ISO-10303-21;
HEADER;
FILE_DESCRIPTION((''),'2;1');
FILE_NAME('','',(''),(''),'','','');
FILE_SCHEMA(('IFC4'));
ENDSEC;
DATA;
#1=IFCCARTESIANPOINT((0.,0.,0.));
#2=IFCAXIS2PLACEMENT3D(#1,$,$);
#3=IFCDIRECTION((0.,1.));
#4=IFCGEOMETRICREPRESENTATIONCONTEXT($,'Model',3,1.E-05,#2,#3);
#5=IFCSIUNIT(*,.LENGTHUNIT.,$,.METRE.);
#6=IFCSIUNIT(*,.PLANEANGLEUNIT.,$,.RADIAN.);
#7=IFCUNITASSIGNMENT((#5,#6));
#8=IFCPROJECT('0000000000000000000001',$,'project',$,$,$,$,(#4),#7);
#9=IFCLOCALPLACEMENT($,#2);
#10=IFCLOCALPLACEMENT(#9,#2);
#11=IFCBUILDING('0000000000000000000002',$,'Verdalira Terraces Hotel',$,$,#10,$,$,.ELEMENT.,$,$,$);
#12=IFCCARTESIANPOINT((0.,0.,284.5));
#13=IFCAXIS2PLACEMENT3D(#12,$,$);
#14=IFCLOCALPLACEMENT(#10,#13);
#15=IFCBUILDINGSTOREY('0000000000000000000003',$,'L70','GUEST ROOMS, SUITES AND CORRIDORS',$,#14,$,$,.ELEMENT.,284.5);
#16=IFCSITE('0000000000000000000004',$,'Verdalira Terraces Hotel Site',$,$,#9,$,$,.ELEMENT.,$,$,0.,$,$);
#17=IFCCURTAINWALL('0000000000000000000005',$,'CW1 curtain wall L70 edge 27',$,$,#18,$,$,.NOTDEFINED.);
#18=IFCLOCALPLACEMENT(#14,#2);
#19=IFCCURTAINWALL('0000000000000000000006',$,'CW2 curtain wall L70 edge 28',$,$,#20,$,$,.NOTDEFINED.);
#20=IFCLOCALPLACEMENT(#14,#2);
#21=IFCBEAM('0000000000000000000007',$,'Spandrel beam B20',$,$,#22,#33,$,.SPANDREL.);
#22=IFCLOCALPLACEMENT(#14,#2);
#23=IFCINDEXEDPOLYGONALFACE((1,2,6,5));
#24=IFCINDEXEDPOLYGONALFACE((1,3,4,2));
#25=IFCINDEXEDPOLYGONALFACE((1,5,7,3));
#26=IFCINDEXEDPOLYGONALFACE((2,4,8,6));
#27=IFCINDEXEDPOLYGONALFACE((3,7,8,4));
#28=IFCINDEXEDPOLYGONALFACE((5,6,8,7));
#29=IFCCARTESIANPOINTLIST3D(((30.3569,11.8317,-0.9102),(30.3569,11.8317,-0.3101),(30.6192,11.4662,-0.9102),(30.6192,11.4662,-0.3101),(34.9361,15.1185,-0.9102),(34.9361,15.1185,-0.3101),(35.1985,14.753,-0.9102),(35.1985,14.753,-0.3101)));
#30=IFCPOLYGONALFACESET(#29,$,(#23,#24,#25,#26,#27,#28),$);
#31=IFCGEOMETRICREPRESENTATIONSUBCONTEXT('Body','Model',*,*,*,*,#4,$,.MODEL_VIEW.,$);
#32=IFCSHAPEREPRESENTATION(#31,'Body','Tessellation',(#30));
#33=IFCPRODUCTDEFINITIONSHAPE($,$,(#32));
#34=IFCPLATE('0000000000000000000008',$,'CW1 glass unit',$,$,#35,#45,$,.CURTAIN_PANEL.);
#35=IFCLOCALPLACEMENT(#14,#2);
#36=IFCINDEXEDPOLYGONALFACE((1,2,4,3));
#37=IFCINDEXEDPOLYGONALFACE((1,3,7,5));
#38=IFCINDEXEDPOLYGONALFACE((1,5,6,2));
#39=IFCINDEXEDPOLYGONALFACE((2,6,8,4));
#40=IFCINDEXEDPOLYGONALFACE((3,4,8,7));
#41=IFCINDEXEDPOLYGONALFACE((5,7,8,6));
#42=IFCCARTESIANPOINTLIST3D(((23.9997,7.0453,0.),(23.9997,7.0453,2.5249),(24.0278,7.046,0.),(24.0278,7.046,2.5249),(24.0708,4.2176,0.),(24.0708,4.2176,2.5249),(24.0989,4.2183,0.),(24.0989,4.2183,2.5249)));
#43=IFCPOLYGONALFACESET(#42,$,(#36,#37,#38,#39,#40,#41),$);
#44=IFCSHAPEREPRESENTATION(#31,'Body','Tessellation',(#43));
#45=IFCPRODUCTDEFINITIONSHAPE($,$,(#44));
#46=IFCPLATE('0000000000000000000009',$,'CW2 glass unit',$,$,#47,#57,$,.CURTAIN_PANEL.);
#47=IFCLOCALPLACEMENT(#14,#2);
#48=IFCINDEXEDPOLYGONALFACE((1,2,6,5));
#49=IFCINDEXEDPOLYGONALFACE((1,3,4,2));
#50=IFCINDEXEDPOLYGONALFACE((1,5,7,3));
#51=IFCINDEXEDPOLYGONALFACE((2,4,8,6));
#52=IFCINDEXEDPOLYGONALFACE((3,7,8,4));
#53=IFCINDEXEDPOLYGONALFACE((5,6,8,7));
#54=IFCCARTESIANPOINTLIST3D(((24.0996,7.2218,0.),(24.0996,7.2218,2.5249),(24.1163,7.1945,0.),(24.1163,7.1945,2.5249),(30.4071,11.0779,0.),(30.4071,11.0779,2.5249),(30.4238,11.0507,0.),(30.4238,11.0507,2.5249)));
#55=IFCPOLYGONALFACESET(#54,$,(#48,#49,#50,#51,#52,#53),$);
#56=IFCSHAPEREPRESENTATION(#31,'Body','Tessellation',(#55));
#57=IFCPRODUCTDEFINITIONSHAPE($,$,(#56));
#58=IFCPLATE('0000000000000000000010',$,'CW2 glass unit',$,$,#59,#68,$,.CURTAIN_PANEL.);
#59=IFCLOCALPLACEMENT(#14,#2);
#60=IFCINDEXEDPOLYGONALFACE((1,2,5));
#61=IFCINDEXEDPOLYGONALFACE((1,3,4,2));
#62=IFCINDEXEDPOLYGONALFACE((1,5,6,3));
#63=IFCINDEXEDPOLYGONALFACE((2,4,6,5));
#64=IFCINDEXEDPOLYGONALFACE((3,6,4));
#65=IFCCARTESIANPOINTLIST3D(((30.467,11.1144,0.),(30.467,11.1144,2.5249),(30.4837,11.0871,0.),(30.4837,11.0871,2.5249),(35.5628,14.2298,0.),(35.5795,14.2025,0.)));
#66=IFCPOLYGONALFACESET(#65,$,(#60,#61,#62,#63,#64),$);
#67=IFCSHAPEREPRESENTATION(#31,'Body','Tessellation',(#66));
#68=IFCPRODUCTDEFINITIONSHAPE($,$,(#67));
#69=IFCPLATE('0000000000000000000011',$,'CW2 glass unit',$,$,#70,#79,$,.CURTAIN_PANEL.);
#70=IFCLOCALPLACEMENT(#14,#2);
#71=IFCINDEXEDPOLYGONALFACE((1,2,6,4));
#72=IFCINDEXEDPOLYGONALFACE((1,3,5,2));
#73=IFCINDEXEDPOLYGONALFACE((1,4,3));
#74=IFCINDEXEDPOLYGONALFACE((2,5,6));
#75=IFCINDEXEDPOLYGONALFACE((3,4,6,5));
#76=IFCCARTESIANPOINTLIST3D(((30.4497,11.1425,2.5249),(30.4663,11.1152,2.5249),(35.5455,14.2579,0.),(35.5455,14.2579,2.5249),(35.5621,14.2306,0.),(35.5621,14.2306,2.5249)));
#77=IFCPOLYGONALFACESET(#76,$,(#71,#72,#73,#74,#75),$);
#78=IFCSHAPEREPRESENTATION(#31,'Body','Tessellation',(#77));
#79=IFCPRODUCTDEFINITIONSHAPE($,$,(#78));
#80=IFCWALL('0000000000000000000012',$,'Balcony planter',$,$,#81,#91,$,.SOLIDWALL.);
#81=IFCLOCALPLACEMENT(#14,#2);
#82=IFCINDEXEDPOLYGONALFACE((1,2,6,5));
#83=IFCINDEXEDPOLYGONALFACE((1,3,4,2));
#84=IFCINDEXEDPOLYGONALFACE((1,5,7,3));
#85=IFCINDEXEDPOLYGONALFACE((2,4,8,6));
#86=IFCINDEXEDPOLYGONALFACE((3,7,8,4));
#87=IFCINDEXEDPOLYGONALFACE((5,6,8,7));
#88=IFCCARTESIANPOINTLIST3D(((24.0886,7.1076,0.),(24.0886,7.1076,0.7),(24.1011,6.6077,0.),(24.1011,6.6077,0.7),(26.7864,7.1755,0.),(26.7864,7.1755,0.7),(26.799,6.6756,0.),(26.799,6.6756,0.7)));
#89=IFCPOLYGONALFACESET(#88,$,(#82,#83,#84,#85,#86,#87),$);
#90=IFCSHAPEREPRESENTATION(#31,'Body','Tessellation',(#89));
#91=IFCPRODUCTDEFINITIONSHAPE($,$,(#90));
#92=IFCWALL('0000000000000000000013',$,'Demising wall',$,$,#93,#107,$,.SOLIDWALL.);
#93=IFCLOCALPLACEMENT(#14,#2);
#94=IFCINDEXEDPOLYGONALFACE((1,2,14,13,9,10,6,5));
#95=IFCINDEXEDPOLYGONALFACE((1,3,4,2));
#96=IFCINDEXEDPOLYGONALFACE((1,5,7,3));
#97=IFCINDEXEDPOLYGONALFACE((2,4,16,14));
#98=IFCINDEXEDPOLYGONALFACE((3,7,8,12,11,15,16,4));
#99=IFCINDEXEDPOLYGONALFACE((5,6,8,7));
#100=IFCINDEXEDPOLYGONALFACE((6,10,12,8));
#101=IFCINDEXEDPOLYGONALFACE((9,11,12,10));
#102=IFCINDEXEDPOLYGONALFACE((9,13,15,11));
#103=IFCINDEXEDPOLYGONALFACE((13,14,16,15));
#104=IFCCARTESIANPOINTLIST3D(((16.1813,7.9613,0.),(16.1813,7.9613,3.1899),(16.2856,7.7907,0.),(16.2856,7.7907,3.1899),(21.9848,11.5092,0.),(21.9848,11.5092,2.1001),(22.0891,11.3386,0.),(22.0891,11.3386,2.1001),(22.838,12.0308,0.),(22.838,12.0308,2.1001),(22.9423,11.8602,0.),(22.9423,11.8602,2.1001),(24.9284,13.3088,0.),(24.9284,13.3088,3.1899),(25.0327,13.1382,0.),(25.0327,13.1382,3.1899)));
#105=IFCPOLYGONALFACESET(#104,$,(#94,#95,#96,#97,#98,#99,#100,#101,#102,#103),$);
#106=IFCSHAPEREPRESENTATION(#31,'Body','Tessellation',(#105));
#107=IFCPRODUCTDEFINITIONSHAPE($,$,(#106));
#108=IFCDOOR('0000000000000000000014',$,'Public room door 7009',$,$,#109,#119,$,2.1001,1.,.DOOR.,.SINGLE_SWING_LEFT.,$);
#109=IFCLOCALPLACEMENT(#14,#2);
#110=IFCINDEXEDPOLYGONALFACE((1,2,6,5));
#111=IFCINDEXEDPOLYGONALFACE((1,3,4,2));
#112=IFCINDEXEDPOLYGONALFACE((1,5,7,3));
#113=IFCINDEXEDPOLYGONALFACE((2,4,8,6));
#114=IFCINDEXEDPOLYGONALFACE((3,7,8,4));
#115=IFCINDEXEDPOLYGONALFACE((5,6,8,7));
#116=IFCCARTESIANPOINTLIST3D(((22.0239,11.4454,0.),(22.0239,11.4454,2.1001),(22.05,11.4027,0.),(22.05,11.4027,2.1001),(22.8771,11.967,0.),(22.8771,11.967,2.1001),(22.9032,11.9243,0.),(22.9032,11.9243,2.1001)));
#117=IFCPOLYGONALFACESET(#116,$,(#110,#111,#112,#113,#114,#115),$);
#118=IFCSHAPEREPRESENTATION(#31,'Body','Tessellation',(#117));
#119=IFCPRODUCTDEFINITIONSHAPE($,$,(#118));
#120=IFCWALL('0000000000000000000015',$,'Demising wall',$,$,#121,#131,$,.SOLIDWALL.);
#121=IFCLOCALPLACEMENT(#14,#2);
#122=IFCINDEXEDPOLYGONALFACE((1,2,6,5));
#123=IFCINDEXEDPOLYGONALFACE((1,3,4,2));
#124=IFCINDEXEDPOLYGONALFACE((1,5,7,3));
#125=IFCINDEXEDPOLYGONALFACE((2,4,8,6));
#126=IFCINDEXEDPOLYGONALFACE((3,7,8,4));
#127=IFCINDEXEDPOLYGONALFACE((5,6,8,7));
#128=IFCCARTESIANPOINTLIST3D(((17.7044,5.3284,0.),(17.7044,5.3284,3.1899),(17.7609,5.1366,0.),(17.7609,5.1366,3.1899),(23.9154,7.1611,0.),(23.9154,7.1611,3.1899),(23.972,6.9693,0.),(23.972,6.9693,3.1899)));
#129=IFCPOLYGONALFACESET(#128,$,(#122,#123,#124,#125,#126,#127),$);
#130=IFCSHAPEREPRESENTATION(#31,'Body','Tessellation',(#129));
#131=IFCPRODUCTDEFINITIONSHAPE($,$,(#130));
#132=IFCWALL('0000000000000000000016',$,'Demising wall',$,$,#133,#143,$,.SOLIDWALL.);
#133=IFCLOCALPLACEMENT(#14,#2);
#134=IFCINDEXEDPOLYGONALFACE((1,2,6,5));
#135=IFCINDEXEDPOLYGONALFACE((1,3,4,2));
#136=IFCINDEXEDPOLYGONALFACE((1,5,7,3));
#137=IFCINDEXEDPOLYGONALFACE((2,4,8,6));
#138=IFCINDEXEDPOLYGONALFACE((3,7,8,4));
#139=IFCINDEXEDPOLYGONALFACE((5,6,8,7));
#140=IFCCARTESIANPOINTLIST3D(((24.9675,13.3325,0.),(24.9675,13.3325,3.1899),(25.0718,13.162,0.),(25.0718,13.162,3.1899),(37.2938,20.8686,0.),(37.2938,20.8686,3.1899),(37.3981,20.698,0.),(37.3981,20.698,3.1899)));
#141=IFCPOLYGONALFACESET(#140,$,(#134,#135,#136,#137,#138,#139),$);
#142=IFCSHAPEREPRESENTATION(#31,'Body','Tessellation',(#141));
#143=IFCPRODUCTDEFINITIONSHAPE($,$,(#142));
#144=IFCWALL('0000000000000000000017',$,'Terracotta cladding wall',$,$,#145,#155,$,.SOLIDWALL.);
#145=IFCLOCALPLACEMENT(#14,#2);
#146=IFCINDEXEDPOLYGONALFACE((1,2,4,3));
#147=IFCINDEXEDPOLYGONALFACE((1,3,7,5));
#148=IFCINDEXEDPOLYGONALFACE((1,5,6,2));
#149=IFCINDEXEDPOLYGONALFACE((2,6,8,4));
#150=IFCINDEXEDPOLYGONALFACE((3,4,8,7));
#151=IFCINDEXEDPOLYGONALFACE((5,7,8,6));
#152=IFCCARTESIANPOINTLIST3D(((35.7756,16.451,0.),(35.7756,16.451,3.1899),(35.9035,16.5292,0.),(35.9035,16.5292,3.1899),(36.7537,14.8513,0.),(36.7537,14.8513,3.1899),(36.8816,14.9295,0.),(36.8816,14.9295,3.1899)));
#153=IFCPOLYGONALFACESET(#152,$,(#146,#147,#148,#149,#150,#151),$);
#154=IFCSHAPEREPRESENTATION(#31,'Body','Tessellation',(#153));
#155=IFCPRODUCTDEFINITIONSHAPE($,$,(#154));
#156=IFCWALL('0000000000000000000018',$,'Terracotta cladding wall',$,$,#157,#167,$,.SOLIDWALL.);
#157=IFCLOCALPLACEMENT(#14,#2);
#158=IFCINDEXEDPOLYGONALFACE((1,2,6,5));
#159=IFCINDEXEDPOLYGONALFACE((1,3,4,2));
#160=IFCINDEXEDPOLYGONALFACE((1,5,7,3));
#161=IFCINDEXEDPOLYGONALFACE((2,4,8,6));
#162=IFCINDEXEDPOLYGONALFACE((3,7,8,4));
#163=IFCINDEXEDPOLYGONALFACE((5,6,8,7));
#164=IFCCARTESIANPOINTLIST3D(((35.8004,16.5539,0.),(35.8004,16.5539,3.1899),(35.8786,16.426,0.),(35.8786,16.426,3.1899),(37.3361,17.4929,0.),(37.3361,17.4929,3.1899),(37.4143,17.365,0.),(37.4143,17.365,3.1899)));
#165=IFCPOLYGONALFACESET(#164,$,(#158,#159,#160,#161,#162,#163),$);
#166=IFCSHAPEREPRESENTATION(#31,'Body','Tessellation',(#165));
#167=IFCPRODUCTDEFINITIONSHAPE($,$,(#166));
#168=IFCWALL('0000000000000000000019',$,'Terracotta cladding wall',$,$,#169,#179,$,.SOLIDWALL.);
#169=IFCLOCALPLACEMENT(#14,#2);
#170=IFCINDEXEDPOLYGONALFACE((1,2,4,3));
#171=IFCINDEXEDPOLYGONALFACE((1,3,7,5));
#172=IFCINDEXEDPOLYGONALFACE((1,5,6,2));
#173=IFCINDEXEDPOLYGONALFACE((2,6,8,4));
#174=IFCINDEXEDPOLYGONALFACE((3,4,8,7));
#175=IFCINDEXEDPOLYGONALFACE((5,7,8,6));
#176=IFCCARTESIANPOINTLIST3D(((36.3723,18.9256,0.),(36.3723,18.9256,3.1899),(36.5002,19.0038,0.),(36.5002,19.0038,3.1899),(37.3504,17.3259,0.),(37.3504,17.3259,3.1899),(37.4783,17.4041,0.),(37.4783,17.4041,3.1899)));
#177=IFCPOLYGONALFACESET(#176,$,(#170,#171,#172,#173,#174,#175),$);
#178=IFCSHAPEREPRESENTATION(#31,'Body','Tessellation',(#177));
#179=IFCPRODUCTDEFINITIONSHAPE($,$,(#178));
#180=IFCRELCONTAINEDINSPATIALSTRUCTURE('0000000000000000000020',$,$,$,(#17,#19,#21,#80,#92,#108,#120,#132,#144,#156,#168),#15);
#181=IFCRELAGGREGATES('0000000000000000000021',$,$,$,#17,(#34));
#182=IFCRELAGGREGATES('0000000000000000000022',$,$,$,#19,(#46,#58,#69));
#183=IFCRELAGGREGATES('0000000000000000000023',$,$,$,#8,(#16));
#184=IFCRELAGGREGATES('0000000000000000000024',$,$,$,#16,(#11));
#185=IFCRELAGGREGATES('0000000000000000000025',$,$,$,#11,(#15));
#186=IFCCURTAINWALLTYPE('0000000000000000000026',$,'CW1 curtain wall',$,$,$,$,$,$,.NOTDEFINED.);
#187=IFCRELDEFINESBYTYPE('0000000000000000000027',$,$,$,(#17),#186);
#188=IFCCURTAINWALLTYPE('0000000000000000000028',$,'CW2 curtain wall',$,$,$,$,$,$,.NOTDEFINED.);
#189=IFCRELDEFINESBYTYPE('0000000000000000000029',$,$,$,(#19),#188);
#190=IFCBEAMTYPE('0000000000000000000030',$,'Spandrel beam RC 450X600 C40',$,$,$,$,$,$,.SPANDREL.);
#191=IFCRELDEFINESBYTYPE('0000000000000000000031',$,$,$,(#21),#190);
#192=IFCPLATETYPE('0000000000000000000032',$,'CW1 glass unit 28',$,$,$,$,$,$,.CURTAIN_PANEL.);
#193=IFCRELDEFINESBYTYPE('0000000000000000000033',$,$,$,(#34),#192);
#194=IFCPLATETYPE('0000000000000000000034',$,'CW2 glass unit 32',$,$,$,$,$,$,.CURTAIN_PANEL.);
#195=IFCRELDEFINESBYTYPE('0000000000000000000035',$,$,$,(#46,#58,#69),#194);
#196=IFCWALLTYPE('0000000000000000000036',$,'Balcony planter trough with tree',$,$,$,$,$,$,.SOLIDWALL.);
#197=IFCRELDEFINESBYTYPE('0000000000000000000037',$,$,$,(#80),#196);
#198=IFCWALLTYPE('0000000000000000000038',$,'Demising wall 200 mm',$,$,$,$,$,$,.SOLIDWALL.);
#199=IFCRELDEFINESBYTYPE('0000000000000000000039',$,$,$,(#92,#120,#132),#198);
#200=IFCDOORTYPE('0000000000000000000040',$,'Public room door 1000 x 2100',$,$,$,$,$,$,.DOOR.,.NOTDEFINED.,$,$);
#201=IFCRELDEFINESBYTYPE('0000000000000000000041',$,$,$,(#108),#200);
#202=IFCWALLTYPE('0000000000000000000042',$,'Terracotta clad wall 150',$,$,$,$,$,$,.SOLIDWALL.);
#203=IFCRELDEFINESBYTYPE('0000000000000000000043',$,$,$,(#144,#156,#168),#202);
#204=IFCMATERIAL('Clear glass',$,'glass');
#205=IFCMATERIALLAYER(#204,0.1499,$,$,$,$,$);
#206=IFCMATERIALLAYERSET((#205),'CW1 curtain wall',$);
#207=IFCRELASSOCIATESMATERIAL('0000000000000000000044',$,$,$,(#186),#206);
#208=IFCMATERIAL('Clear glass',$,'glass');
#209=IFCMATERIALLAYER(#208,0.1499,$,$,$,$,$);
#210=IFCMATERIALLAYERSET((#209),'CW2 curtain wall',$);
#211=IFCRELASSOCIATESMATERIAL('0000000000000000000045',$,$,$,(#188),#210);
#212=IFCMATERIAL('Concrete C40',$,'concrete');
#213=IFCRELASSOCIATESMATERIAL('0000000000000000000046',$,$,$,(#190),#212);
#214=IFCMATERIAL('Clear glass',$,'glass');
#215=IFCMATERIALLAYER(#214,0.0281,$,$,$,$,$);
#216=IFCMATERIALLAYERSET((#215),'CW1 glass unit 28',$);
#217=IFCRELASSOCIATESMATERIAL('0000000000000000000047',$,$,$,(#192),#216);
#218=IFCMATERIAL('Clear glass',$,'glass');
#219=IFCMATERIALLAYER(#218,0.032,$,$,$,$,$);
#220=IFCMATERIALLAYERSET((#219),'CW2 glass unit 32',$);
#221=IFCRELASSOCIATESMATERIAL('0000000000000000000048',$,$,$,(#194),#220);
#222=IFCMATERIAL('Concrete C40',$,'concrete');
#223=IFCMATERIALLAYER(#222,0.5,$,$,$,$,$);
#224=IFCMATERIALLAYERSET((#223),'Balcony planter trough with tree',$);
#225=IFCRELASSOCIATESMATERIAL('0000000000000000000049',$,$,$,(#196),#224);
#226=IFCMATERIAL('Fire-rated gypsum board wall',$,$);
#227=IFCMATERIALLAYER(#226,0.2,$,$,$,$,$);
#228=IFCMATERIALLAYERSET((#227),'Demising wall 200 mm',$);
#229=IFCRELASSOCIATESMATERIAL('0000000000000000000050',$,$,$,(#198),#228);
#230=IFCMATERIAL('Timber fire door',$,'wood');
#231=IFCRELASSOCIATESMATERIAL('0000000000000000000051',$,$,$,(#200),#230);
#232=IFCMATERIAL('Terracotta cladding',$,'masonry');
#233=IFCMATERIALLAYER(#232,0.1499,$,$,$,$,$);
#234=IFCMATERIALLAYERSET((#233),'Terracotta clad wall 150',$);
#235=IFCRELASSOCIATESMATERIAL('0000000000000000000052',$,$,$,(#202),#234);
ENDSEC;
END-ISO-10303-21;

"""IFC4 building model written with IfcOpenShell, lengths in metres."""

from ifc_helpers import new_model, si_unit, direction, frame, frame_2d, origin, origin_2d, place, context, subcontext, project, spatial, polyline, rectangle, outline, extrude, material, layer, layer_set, material_profile, profile_set, type_object, element, fill, aggregate, save


model = new_model("IFC4")

# Units and contexts
model_context = context("Model", 3, precision=1e-05, world=origin(), true_north=direction((0.0, 1.0)))
body_context = subcontext(model_context, "Body", "Model", "MODEL_VIEW")
ifc_project = project(units=[si_unit("LENGTHUNIT", "METRE"), si_unit("PLANEANGLEUNIT", "RADIAN")], contexts=[model_context])

# Site, building, storey
site_placement = place(None, origin())
site = spatial("IfcSite", under=ifc_project, at=site_placement, Name="Verdalira Terraces Hotel Site", CompositionType="ELEMENT", RefElevation=0.0)
building_placement = place(site_placement, origin())
building = spatial("IfcBuilding", under=site, at=building_placement, Name="Verdalira Terraces Hotel", CompositionType="ELEMENT")
storey_placement = place(building_placement, frame((0.0, 0.0, 284.5)))
storey = spatial("IfcBuildingStorey", under=building, at=storey_placement, Name="L70", Description="GUEST ROOMS, SUITES AND CORRIDORS", CompositionType="ELEMENT", Elevation=284.5)

# Curtain wall
ifc_material_1 = material(Name="Clear glass", Category="glass")
ifc_layer_1 = layer(ifc_material_1, 0.1499)
ifc_layer_set_1 = layer_set([ifc_layer_1], Name="CW1 curtain wall")
curtain_wall_type_1 = type_object("IfcCurtainWallType", Name="CW1 curtain wall", PredefinedType="NOTDEFINED", material=ifc_layer_set_1)
curtain_wall_1_placement = place(storey_placement, origin())
curtain_wall_1 = element("IfcCurtainWall", 1, at=curtain_wall_1_placement, inside=storey, type_object=curtain_wall_type_1, Name="CW1 curtain wall L70 edge 27", PredefinedType="NOTDEFINED")

# Curtain wall
ifc_material_2 = material(Name="Clear glass", Category="glass")
ifc_layer_2 = layer(ifc_material_2, 0.1499)
ifc_layer_set_2 = layer_set([ifc_layer_2], Name="CW2 curtain wall")
curtain_wall_type_2 = type_object("IfcCurtainWallType", Name="CW2 curtain wall", PredefinedType="NOTDEFINED", material=ifc_layer_set_2)
curtain_wall_2_placement = place(storey_placement, origin())
curtain_wall_2 = element("IfcCurtainWall", 2, at=curtain_wall_2_placement, inside=storey, type_object=curtain_wall_type_2, Name="CW2 curtain wall L70 edge 28", PredefinedType="NOTDEFINED")

# Beam
ifc_material_3 = material(Name="Concrete C40", Category="concrete")
ifc_material_profile_1 = material_profile(ifc_material_3, rectangle(XDim=0.45, YDim=0.6001, at=origin_2d()), Name="RC 450X600")
ifc_profile_set_1 = profile_set([ifc_material_profile_1], Name="Concrete C40")
beam_type = type_object("IfcBeamType", Name="Spandrel beam RC 450X600 C40", PredefinedType="SPANDREL", material=ifc_profile_set_1)
beam_1_placement = place(storey_placement, frame((30.488, 11.6489, -0.6101), z_axis=(0.812397, 0.583105, 0.0), x_axis=(-0.583105, 0.812397, 0.0)))
element("IfcBeam", 3, at=beam_1_placement, inside=storey, type_object=beam_type, Name="Spandrel beam B20", PredefinedType="SPANDREL", context=body_context, shape_type="SweptSolid", body=[
    extrude(rectangle(XDim=0.45, YDim=0.6001, at=origin_2d()), origin(), (0.0, 0.0, 1.0), 5.6367),
])

# Plates
ifc_material_4 = material(Name="Clear glass", Category="glass")
ifc_layer_3 = layer(ifc_material_4, 0.0281)
ifc_layer_set_3 = layer_set([ifc_layer_3], Name="CW1 glass unit 28")
plate_type_1 = type_object("IfcPlateType", Name="CW1 glass unit 28", PredefinedType="CURTAIN_PANEL", material=ifc_layer_set_3)
plate_1_placement = place(storey_placement, frame((24.0493, 5.6318, 0.0), z_axis=(0.0, 0.0, 1.0), x_axis=(-0.02513, 0.999684, 0.0)))
plate_1 = element("IfcPlate", 4, at=plate_1_placement, type_object=plate_type_1, Name="CW1 glass unit", PredefinedType="CURTAIN_PANEL", context=body_context, shape_type="SweptSolid", body=[
    extrude(rectangle(XDim=2.8286, YDim=0.0281, at=origin_2d()), origin(), (0.0, 0.0, 1.0), 2.5249),
])
aggregate(curtain_wall_1, [plate_1])
ifc_material_5 = material(Name="Clear glass", Category="glass")
ifc_layer_4 = layer(ifc_material_5, 0.032)
ifc_layer_set_4 = layer_set([ifc_layer_4], Name="CW2 glass unit 32")
plate_type_2 = type_object("IfcPlateType", Name="CW2 glass unit 32", PredefinedType="CURTAIN_PANEL", material=ifc_layer_set_4)
plate_2_placement = place(storey_placement, frame((27.2617, 9.1362, 0.0), z_axis=(0.0, 0.0, 1.0), x_axis=(0.853187, 0.521605, 0.0)))
plate_2 = element("IfcPlate", 5, at=plate_2_placement, type_object=plate_type_2, Name="CW2 glass unit", PredefinedType="CURTAIN_PANEL", context=body_context, shape_type="SweptSolid", body=[
    extrude(rectangle(XDim=7.3928, YDim=0.032, at=origin_2d()), origin(), (0.0, 0.0, 1.0), 2.5249),
])
plate_3_placement = place(storey_placement, frame((33.0149, 12.6721, 1.2625), z_axis=(0.521605, -0.853187, 0.0), x_axis=(0.853187, 0.521605, 0.0)))
plate_3 = element("IfcPlate", 6, at=plate_3_placement, type_object=plate_type_2, Name="CW2 glass unit", PredefinedType="CURTAIN_PANEL", context=body_context, shape_type="SweptSolid", body=[
    extrude(outline(polyline([(-2.9863, -1.2625), (2.9863, -1.2625), (-2.9863, 1.2625), (-2.9863, -1.2625)])), origin(), (0.0, 0.0, 1.0), 0.032),
])
plate_4_placement = place(storey_placement, frame((32.9976, 12.7002, 1.2625), z_axis=(0.521605, -0.853187, 0.0), x_axis=(0.853187, 0.521605, 0.0)))
plate_4 = element("IfcPlate", 7, at=plate_4_placement, type_object=plate_type_2, Name="CW2 glass unit", PredefinedType="CURTAIN_PANEL", context=body_context, shape_type="SweptSolid", body=[
    extrude(outline(polyline([(2.9863, -1.2625), (2.9863, 1.2625), (-2.9863, 1.2625), (2.9863, -1.2625)])), origin(), (0.0, 0.0, 1.0), 0.032),
])
aggregate(curtain_wall_2, [plate_2, plate_3, plate_4])

# Wall
ifc_material_6 = material(Name="Concrete C40", Category="concrete")
ifc_layer_5 = layer(ifc_material_6, 0.5)
ifc_layer_set_5 = layer_set([ifc_layer_5], Name="Balcony planter trough with tree")
wall_type_1 = type_object("IfcWallType", Name="Balcony planter trough with tree", PredefinedType="SOLIDWALL", material=ifc_layer_set_5)
wall_1_placement = place(storey_placement, frame((26.7927, 6.9255, 0.0), z_axis=(0.0, 0.0, 1.0), x_axis=(-0.999684, -0.025148, 0.0)))
element("IfcWall", 8, at=wall_1_placement, inside=storey, type_object=wall_type_1, Name="Balcony planter", PredefinedType="SOLIDWALL", context=body_context, shape_type="SweptSolid", body=[
    extrude(rectangle(XDim=2.6987, YDim=0.5, at=frame_2d((1.3494, 0.0))), origin(), (0.0, 0.0, 1.0), 0.7),
])

# Wall, opening, door
ifc_material_7 = material(Name="Fire-rated gypsum board wall")
ifc_layer_6 = layer(ifc_material_7, 0.2)
ifc_layer_set_6 = layer_set([ifc_layer_6], Name="Demising wall 200 mm")
wall_type_2 = type_object("IfcWallType", Name="Demising wall 200 mm", PredefinedType="SOLIDWALL", material=ifc_layer_set_6)
wall_2_placement = place(storey_placement, frame((24.9805, 13.2234, 0.0), z_axis=(0.0, 0.0, 1.0), x_axis=(-0.853196, -0.521591, 0.0)))
wall_2 = element("IfcWall", 9, at=wall_2_placement, inside=storey, type_object=wall_type_2, Name="Demising wall", PredefinedType="SOLIDWALL", context=body_context, shape_type="SweptSolid", body=[
    extrude(rectangle(XDim=10.2522, YDim=0.2, at=frame_2d((5.126, 0.0))), origin(), (0.0, 0.0, 1.0), 3.1899),
])
opening_placement = place(wall_2_placement, frame((2.45, 0.0, 0.0)))
opening = element("IfcOpeningElement", 10, at=opening_placement, cuts=wall_2, PredefinedType="OPENING", context=body_context, shape_type="SweptSolid", body=[
    extrude(rectangle(XDim=1.0, YDim=2.1001, at=frame_2d((0.5, 1.05))), frame((0.0, 0.1099, 0.0), z_axis=(0.0, -1.0, 0.0), x_axis=(1.0, 0.0, 0.0)), (0.0, 0.0, 1.0), 0.22),
])
ifc_material_8 = material(Name="Timber fire door", Category="wood")
door_type = type_object("IfcDoorType", Name="Public room door 1000 x 2100", OperationType="NOTDEFINED", PredefinedType="DOOR", material=ifc_material_8)
door_placement = place(opening_placement, origin())
door = element("IfcDoor", 11, at=door_placement, inside=storey, type_object=door_type, Name="Public room door 7009", OperationType="SINGLE_SWING_LEFT", OverallHeight=2.1001, OverallWidth=1.0, PredefinedType="DOOR", context=body_context, shape_type="SweptSolid", body=[
    extrude(rectangle(XDim=1.0, YDim=2.1001, at=frame_2d((0.5, 1.05))), frame((0.0, 0.0249, 0.0), z_axis=(0.0, -1.0, 0.0), x_axis=(1.0, 0.0, 0.0)), (0.0, 0.0, 1.0), 0.05),
])
fill(opening, door)

# Walls
wall_3_placement = place(storey_placement, frame((23.9436, 7.0652, 0.0), z_axis=(0.0, 0.0, 1.0), x_axis=(-0.959117, -0.283011, 0.0)))
element("IfcWall", 12, at=wall_3_placement, inside=storey, type_object=wall_type_2, Name="Demising wall", PredefinedType="SOLIDWALL", context=body_context, shape_type="SweptSolid", body=[
    extrude(rectangle(XDim=6.4758, YDim=0.2, at=frame_2d((3.2378, 0.0))), origin(), (0.0, 0.0, 1.0), 3.1899),
])
wall_4_placement = place(storey_placement, frame((25.0198, 13.2473, 0.0), z_axis=(0.0, 0.0, 1.0), x_axis=(0.853179, 0.521617, 0.0)))
element("IfcWall", 13, at=wall_4_placement, inside=storey, type_object=wall_type_2, Name="Demising wall", PredefinedType="SOLIDWALL", context=body_context, shape_type="SweptSolid", body=[
    extrude(rectangle(XDim=14.4475, YDim=0.2, at=frame_2d((7.2236, 0.0))), origin(), (0.0, 0.0, 1.0), 3.1899),
])
ifc_material_9 = material(Name="Terracotta cladding", Category="masonry")
ifc_layer_7 = layer(ifc_material_9, 0.1499)
ifc_layer_set_7 = layer_set([ifc_layer_7], Name="Terracotta clad wall 150")
wall_type_3 = type_object("IfcWallType", Name="Terracotta clad wall 150", PredefinedType="SOLIDWALL", material=ifc_layer_set_7)
wall_5_placement = place(storey_placement, frame((36.8176, 14.8904, 0.0), z_axis=(0.0, 0.0, 1.0), x_axis=(-0.52164, 0.853166, 0.0)))
element("IfcWall", 14, at=wall_5_placement, inside=storey, type_object=wall_type_3, Name="Terracotta cladding wall", PredefinedType="SOLIDWALL", context=body_context, shape_type="SweptSolid", body=[
    extrude(rectangle(XDim=1.875, YDim=0.1499, at=frame_2d((0.9375, 0.0))), origin(), (0.0, 0.0, 1.0), 3.1899),
])
wall_6_placement = place(storey_placement, frame((35.8396, 16.49, 0.0), z_axis=(0.0, 0.0, 1.0), x_axis=(0.853154, 0.521658, 0.0)))
element("IfcWall", 15, at=wall_6_placement, inside=storey, type_object=wall_type_3, Name="Terracotta cladding wall", PredefinedType="SOLIDWALL", context=body_context, shape_type="SweptSolid", body=[
    extrude(rectangle(XDim=1.8, YDim=0.1499, at=frame_2d((0.8999, 0.0))), origin(), (0.0, 0.0, 1.0), 3.1899),
])
for number, where, z_axis, x_axis, name in (
    (16, (37.4143, 17.365, 0.0), (0.0, 0.0, 1.0), (-0.52164, 0.853166, 0.0), "Terracotta cladding wall"),
):
    element("IfcWall", number, at=place(storey_placement, frame(where, z_axis=z_axis, x_axis=x_axis)), inside=storey, type_object=wall_type_3, Name=name, PredefinedType="SOLIDWALL", context=body_context, shape_type="SweptSolid", body=[
        extrude(rectangle(XDim=1.875, YDim=0.1499, at=frame_2d((0.9375, 0.0))), origin(), (0.0, 0.0, 1.0), 3.1899),
    ])

save(model, "model.ifc")
